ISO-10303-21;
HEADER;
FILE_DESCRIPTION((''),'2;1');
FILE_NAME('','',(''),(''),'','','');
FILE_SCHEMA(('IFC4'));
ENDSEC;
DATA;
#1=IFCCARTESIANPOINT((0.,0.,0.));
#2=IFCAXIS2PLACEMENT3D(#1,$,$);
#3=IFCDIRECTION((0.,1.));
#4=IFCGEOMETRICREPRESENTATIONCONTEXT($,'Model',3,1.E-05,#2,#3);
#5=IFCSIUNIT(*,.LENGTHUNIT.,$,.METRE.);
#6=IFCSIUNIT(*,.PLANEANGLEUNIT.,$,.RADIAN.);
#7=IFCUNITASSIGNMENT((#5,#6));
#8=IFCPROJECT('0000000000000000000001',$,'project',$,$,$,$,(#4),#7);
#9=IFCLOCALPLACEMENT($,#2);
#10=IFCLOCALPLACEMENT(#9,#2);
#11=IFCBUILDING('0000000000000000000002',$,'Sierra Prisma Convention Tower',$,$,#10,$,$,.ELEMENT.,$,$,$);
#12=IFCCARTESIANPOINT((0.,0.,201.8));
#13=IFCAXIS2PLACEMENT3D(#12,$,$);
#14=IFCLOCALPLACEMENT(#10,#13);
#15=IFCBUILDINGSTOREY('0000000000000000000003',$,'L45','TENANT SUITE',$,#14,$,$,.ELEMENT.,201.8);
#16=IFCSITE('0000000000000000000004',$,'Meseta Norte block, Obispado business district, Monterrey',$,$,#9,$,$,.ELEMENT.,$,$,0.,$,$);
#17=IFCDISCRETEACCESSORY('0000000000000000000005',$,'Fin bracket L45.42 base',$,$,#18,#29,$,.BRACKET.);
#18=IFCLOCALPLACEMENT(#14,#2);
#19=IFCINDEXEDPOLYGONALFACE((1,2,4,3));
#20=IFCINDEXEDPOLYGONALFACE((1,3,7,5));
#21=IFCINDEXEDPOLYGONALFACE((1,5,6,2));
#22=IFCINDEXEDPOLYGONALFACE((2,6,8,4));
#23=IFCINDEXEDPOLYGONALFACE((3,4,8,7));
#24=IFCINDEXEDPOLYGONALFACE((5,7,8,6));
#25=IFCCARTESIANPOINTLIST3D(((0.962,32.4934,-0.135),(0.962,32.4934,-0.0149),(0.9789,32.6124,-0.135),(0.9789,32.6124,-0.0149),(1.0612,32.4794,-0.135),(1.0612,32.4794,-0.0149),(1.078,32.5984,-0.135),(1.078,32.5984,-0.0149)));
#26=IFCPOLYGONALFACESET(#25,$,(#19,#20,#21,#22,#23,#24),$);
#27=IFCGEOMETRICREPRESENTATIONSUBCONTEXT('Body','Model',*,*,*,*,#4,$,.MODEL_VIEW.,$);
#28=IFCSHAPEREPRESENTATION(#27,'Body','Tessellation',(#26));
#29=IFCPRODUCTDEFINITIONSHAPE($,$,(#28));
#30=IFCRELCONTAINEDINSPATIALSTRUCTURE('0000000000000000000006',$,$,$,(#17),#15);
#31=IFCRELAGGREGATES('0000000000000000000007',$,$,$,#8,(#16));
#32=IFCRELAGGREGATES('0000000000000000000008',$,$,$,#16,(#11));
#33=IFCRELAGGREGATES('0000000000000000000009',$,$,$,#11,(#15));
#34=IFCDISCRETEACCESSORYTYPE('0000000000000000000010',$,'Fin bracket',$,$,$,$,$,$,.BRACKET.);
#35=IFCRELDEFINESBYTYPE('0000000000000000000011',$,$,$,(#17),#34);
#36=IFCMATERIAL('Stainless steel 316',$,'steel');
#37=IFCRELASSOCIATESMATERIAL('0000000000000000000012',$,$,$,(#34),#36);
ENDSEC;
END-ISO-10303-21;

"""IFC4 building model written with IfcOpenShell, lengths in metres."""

from ifc_helpers import new_model, si_unit, direction, frame, origin, origin_2d, place, context, subcontext, project, spatial, rectangle, extrude, material, type_object, element, save


model = new_model("IFC4")

# Units and contexts
model_context = context("Model", 3, precision=1e-05, world=origin(), true_north=direction((0.0, 1.0)))
body_context = subcontext(model_context, "Body", "Model", "MODEL_VIEW")
ifc_project = project(units=[si_unit("LENGTHUNIT", "METRE"), si_unit("PLANEANGLEUNIT", "RADIAN")], contexts=[model_context])

# Site, building, storey
site_placement = place(None, origin())
site = spatial("IfcSite", under=ifc_project, at=site_placement, Name="Meseta Norte block, Obispado business district, Monterrey", CompositionType="ELEMENT", RefElevation=0.0)
building_placement = place(site_placement, origin())
building = spatial("IfcBuilding", under=site, at=building_placement, Name="Sierra Prisma Convention Tower", CompositionType="ELEMENT")
storey_placement = place(building_placement, frame((0.0, 0.0, 201.8)))
storey = spatial("IfcBuildingStorey", under=building, at=storey_placement, Name="L45", Description="TENANT SUITE", CompositionType="ELEMENT", Elevation=201.8)

# Discrete accessory
ifc_material_1 = material(Name="Stainless steel 316", Category="steel")
discrete_accessory_type = type_object("IfcDiscreteAccessoryType", Name="Fin bracket", PredefinedType="BRACKET", material=ifc_material_1)
for number, where, z_axis, x_axis, name in (
    (1, (1.02, 32.5459, -0.135), (0.0, 0.0, 1.0), (0.140146, 0.990131, 0.0), "Fin bracket L45.42 base"),
):
    element("IfcDiscreteAccessory", number, at=place(storey_placement, frame(where, z_axis=z_axis, x_axis=x_axis)), inside=storey, type_object=discrete_accessory_type, Name=name, PredefinedType="BRACKET", context=body_context, shape_type="SweptSolid", body=[
        extrude(rectangle(XDim=0.1201, YDim=0.1001, at=origin_2d()), origin(), (0.0, 0.0, 1.0), 0.1201),
    ])

save(model, "model.ifc")
